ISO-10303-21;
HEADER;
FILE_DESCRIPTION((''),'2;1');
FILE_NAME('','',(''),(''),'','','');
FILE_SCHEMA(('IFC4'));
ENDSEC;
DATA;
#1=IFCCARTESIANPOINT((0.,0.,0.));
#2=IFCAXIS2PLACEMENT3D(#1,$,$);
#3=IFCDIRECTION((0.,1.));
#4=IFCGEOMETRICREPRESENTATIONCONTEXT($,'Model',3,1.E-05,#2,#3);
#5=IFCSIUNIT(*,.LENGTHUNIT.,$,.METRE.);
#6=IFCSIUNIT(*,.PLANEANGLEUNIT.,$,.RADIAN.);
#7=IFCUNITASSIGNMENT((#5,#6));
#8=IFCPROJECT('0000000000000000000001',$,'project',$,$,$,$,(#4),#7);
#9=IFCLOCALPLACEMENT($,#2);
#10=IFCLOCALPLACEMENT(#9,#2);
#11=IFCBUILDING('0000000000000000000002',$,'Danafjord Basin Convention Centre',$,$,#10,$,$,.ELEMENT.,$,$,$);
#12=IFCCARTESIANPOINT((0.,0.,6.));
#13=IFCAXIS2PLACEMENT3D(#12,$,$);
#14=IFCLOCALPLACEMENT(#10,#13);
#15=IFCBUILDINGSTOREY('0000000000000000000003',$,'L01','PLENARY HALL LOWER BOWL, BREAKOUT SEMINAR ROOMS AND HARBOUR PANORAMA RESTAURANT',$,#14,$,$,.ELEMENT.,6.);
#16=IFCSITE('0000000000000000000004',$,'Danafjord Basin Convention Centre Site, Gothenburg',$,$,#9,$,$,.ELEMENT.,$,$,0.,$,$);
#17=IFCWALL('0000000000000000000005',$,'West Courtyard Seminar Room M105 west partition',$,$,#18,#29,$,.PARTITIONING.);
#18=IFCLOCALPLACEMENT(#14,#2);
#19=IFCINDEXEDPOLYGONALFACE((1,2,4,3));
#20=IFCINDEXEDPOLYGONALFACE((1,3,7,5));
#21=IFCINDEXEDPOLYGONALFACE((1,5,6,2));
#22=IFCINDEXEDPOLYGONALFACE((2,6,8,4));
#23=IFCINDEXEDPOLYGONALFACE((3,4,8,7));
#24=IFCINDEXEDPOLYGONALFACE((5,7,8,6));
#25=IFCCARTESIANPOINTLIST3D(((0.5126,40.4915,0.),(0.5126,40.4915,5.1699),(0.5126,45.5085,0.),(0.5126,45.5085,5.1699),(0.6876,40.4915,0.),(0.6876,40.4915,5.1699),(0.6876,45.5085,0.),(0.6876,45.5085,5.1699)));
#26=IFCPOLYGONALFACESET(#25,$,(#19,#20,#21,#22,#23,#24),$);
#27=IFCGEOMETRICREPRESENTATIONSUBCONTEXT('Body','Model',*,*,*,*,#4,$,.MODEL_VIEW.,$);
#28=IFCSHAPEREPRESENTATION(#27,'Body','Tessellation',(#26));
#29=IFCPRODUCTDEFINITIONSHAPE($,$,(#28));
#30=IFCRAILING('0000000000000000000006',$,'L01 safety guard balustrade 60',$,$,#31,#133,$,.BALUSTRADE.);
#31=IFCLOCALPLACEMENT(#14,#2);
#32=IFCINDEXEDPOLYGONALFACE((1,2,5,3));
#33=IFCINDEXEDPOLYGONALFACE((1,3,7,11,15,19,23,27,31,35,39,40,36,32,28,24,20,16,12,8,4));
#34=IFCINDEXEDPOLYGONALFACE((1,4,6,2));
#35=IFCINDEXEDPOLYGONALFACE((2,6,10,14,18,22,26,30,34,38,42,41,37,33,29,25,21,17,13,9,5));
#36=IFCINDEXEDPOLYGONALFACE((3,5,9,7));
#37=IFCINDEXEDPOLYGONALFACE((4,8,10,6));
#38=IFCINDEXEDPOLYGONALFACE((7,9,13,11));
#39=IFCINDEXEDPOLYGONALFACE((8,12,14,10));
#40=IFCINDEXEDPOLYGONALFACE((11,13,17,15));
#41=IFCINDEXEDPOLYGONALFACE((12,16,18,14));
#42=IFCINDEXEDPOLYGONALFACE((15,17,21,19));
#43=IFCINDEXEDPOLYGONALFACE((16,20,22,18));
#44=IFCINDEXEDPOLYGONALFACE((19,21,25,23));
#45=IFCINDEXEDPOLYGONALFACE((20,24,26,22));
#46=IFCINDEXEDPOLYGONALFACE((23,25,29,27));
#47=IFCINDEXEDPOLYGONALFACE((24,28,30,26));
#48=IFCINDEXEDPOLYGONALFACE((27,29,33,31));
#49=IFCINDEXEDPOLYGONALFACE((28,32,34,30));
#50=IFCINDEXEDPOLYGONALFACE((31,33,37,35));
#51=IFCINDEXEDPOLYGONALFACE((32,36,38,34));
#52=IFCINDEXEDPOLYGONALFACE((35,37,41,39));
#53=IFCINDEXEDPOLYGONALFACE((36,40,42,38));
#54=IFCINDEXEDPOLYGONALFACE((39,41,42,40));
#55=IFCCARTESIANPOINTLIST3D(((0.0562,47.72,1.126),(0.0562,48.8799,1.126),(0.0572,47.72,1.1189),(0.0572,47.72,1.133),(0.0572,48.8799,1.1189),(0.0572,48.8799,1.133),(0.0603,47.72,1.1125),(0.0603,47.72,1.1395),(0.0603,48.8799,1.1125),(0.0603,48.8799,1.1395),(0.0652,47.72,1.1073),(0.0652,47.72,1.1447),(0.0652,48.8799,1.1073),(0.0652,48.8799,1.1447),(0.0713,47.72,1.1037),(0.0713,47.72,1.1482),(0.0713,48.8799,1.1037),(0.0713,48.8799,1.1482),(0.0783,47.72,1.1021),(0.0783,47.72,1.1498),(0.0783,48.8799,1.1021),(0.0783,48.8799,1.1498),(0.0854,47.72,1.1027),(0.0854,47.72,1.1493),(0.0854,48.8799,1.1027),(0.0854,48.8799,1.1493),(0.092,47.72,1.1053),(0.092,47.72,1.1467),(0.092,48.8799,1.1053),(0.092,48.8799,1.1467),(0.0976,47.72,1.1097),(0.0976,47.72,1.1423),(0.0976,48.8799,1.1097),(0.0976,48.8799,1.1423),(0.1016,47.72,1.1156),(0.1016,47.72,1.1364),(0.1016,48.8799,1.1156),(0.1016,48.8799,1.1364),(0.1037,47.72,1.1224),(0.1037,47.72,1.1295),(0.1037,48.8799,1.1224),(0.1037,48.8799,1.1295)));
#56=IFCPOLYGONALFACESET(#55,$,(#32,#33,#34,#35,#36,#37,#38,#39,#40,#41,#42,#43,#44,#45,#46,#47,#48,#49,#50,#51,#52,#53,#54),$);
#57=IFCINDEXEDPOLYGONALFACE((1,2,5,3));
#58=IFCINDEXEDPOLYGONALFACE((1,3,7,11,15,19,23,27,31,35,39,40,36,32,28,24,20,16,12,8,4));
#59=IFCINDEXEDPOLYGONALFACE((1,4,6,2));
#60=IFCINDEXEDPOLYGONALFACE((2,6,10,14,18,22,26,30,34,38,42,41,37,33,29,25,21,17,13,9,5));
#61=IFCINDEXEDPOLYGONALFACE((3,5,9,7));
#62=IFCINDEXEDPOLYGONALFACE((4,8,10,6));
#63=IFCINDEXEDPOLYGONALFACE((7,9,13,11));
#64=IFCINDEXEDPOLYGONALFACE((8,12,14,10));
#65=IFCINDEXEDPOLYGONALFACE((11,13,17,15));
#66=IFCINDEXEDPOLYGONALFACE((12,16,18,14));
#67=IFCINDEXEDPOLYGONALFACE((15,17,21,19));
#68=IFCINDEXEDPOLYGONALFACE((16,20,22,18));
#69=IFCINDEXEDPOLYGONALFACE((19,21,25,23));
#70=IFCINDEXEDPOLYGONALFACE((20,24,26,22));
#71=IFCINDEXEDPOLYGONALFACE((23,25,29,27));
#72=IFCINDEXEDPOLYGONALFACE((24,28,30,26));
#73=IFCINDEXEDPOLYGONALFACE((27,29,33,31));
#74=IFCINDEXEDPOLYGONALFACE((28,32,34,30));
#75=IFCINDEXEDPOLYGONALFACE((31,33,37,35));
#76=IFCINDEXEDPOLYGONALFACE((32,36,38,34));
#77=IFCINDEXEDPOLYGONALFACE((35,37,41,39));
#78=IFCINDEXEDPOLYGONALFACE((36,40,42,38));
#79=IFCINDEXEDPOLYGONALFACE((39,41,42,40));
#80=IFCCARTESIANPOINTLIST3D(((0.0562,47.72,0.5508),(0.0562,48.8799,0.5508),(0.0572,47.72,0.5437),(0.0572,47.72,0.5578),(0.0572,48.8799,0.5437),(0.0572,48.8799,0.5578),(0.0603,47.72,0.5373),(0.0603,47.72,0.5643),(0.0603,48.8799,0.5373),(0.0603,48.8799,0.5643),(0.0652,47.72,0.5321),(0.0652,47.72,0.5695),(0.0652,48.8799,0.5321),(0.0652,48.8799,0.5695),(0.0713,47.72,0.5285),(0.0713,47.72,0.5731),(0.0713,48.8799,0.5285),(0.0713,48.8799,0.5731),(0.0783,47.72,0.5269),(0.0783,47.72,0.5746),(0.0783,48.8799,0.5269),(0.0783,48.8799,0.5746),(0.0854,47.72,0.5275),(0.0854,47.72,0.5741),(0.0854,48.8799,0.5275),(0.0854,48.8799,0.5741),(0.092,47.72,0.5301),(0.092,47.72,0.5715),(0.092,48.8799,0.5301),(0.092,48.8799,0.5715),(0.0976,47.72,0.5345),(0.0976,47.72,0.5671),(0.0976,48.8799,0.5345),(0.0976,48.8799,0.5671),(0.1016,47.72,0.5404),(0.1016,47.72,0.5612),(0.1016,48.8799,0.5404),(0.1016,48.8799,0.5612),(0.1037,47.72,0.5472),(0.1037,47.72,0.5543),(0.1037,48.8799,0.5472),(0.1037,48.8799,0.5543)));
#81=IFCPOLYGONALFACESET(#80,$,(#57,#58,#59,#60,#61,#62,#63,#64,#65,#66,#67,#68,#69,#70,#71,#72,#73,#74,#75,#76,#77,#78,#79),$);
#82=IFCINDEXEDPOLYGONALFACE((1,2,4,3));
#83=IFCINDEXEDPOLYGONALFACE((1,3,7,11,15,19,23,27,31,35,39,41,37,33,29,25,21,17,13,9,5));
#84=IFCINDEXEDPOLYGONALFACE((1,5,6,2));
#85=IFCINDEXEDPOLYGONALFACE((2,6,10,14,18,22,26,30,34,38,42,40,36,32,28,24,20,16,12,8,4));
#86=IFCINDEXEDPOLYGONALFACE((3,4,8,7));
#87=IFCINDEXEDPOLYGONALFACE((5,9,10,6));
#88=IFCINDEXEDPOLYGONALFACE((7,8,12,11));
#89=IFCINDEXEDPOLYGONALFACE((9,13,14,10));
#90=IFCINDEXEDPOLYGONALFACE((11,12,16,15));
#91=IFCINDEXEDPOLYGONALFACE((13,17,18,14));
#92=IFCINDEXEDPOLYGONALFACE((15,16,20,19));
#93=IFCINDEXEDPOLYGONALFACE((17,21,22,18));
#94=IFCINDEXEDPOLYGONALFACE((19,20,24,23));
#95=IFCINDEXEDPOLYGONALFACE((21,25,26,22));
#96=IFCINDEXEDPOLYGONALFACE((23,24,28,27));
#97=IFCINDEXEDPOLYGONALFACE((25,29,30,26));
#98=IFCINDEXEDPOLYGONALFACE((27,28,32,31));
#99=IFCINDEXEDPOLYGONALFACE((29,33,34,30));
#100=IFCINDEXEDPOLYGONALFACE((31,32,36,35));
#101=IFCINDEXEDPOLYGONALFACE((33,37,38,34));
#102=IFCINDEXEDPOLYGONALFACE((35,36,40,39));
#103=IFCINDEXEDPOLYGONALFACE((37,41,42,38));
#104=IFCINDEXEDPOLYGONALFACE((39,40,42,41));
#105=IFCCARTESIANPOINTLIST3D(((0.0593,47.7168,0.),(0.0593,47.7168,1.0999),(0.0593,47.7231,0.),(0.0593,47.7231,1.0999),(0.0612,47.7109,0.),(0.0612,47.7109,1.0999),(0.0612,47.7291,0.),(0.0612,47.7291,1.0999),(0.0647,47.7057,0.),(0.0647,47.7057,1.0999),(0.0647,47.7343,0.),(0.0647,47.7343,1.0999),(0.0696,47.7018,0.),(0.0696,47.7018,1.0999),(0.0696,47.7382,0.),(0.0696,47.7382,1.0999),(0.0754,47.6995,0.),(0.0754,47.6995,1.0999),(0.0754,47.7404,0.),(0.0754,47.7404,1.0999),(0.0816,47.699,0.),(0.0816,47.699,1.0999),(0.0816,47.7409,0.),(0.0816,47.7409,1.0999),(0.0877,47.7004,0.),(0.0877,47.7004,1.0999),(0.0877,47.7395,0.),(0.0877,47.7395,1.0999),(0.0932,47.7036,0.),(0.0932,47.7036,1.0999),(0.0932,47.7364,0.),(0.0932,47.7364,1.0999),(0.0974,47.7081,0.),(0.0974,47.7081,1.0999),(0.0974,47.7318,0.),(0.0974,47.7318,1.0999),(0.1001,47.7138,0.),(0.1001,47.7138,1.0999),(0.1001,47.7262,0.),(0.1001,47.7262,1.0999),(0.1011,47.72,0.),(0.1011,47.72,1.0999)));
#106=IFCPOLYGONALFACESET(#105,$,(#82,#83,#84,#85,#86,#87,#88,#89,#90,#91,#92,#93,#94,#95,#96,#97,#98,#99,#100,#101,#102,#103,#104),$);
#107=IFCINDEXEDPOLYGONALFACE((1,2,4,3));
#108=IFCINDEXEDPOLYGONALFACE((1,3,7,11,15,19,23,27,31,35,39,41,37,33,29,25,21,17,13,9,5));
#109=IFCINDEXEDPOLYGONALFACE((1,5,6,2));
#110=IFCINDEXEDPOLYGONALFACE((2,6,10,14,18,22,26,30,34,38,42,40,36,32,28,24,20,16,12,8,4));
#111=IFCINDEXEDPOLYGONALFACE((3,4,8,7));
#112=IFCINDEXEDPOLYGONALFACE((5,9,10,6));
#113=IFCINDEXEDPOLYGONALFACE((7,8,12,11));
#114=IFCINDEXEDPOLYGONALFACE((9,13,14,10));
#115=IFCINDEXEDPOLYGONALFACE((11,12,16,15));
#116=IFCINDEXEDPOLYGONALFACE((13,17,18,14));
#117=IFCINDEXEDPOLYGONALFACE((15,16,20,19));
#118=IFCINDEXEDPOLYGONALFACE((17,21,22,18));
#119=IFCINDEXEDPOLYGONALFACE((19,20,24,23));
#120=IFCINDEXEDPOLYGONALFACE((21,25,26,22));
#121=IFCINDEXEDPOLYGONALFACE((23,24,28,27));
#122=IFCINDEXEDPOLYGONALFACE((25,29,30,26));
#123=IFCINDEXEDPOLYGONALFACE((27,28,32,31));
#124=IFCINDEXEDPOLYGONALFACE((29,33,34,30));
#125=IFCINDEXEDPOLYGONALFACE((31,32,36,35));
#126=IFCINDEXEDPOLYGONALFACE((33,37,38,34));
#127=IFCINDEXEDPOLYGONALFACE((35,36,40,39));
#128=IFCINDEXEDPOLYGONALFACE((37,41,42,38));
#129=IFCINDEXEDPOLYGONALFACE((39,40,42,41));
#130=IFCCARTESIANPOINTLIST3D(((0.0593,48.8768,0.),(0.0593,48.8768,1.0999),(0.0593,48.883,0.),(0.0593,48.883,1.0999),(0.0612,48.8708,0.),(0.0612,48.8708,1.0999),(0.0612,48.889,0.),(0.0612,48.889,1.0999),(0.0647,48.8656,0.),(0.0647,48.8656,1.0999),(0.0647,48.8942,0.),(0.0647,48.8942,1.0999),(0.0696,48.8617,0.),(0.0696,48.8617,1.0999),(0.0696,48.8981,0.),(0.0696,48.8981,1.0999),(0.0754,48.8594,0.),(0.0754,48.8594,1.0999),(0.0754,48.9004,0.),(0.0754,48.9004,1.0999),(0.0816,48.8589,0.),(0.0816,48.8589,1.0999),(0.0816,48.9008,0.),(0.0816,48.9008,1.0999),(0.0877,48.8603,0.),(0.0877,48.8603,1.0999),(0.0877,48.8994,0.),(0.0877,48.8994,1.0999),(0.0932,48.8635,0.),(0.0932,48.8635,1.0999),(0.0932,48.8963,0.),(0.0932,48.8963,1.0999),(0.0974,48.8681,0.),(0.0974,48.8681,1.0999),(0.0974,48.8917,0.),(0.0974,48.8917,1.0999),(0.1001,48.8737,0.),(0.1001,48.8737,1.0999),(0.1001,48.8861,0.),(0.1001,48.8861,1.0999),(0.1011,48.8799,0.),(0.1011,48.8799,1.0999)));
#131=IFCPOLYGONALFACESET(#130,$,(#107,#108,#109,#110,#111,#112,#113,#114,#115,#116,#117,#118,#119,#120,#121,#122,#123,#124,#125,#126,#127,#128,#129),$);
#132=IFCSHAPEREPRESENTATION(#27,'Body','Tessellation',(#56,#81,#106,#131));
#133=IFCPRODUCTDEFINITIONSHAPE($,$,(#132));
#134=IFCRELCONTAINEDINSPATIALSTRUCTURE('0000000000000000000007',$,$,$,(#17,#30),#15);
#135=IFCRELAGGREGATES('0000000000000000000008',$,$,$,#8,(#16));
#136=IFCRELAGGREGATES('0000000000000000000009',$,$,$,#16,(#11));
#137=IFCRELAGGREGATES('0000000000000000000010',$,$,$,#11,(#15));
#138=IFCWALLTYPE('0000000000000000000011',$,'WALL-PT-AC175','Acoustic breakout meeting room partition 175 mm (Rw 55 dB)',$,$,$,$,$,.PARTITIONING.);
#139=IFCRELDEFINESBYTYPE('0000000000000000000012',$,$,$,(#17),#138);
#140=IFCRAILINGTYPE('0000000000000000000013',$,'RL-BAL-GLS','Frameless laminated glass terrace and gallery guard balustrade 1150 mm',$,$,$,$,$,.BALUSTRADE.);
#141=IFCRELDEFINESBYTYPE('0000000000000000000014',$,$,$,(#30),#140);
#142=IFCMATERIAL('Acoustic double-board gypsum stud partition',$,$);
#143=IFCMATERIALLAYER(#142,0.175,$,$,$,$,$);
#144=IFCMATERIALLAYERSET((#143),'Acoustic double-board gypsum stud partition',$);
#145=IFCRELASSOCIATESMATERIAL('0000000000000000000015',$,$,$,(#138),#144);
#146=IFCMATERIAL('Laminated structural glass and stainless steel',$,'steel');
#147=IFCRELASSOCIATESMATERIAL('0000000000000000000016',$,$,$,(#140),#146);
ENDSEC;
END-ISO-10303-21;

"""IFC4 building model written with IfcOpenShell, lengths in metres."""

from ifc_helpers import new_model, si_unit, direction, frame, frame_2d, origin, origin_2d, place, context, subcontext, project, spatial, rectangle, circle, extrude, material, layer, layer_set, type_object, element, save


model = new_model("IFC4")

# Units and contexts
model_context = context("Model", 3, precision=1e-05, world=origin(), true_north=direction((0.0, 1.0)))
body_context = subcontext(model_context, "Body", "Model", "MODEL_VIEW")
ifc_project = project(units=[si_unit("LENGTHUNIT", "METRE"), si_unit("PLANEANGLEUNIT", "RADIAN")], contexts=[model_context])

# Site, building, storey
site_placement = place(None, origin())
site = spatial("IfcSite", under=ifc_project, at=site_placement, Name="Danafjord Basin Convention Centre Site, Gothenburg", CompositionType="ELEMENT", RefElevation=0.0)
building_placement = place(site_placement, origin())
building = spatial("IfcBuilding", under=site, at=building_placement, Name="Danafjord Basin Convention Centre", CompositionType="ELEMENT")
storey_placement = place(building_placement, frame((0.0, 0.0, 6.0)))
storey = spatial("IfcBuildingStorey", under=building, at=storey_placement, Name="L01", Description="PLENARY HALL LOWER BOWL, BREAKOUT SEMINAR ROOMS AND HARBOUR PANORAMA RESTAURANT", CompositionType="ELEMENT", Elevation=6.0)

# Wall
ifc_material_1 = material(Name="Acoustic double-board gypsum stud partition")
ifc_layer_1 = layer(ifc_material_1, 0.175)
ifc_layer_set_1 = layer_set([ifc_layer_1], Name="Acoustic double-board gypsum stud partition")
wall_type_1 = type_object("IfcWallType", Name="WALL-PT-AC175", Description="Acoustic breakout meeting room partition 175 mm (Rw 55 dB)", PredefinedType="PARTITIONING", material=ifc_layer_set_1)
wall_1_placement = place(storey_placement, frame((0.6001, 45.5085, 0.0), z_axis=(0.0, 0.0, 1.0), x_axis=(0.0, -1.0, 0.0)))
element("IfcWall", 1, at=wall_1_placement, inside=storey, type_object=wall_type_1, Name="West Courtyard Seminar Room M105 west partition", PredefinedType="PARTITIONING", context=body_context, shape_type="SweptSolid", body=[
    extrude(rectangle(XDim=5.0171, YDim=0.175, at=frame_2d((2.5085, 0.0))), origin(), (0.0, 0.0, 1.0), 5.1699),
])

# Railing
ifc_material_2 = material(Name="Laminated structural glass and stainless steel", Category="steel")
railing_type_1 = type_object("IfcRailingType", Name="RL-BAL-GLS", Description="Frameless laminated glass terrace and gallery guard balustrade 1150 mm", PredefinedType="BALUSTRADE", material=ifc_material_2)
railing_1_placement = place(storey_placement, frame((0.0801, 47.72, 0.0)))
element("IfcRailing", 2, at=railing_1_placement, inside=storey, type_object=railing_type_1, Name="L01 safety guard balustrade 60", PredefinedType="BALUSTRADE", context=body_context, shape_type="SweptSolid", body=[
    extrude(circle(Radius=0.0239, at=origin_2d()), frame((0.0, 0.0, 1.126), z_axis=(0.0, 1.0, 0.0), x_axis=(-1.0, 0.0, 0.0)), (0.0, 0.0, 1.0), 1.1599),
    extrude(circle(Radius=0.0239, at=origin_2d()), frame((0.0, 0.0, 0.5508), z_axis=(0.0, 1.0, 0.0), x_axis=(-1.0, 0.0, 0.0)), (0.0, 0.0, 1.0), 1.1599),
    extrude(circle(Radius=0.021, at=origin_2d()), origin(), (0.0, 0.0, 1.0), 1.0999),
    extrude(circle(Radius=0.021, at=origin_2d()), frame((0.0, 1.1599, 0.0)), (0.0, 0.0, 1.0), 1.0999),
])

save(model, "model.ifc")
